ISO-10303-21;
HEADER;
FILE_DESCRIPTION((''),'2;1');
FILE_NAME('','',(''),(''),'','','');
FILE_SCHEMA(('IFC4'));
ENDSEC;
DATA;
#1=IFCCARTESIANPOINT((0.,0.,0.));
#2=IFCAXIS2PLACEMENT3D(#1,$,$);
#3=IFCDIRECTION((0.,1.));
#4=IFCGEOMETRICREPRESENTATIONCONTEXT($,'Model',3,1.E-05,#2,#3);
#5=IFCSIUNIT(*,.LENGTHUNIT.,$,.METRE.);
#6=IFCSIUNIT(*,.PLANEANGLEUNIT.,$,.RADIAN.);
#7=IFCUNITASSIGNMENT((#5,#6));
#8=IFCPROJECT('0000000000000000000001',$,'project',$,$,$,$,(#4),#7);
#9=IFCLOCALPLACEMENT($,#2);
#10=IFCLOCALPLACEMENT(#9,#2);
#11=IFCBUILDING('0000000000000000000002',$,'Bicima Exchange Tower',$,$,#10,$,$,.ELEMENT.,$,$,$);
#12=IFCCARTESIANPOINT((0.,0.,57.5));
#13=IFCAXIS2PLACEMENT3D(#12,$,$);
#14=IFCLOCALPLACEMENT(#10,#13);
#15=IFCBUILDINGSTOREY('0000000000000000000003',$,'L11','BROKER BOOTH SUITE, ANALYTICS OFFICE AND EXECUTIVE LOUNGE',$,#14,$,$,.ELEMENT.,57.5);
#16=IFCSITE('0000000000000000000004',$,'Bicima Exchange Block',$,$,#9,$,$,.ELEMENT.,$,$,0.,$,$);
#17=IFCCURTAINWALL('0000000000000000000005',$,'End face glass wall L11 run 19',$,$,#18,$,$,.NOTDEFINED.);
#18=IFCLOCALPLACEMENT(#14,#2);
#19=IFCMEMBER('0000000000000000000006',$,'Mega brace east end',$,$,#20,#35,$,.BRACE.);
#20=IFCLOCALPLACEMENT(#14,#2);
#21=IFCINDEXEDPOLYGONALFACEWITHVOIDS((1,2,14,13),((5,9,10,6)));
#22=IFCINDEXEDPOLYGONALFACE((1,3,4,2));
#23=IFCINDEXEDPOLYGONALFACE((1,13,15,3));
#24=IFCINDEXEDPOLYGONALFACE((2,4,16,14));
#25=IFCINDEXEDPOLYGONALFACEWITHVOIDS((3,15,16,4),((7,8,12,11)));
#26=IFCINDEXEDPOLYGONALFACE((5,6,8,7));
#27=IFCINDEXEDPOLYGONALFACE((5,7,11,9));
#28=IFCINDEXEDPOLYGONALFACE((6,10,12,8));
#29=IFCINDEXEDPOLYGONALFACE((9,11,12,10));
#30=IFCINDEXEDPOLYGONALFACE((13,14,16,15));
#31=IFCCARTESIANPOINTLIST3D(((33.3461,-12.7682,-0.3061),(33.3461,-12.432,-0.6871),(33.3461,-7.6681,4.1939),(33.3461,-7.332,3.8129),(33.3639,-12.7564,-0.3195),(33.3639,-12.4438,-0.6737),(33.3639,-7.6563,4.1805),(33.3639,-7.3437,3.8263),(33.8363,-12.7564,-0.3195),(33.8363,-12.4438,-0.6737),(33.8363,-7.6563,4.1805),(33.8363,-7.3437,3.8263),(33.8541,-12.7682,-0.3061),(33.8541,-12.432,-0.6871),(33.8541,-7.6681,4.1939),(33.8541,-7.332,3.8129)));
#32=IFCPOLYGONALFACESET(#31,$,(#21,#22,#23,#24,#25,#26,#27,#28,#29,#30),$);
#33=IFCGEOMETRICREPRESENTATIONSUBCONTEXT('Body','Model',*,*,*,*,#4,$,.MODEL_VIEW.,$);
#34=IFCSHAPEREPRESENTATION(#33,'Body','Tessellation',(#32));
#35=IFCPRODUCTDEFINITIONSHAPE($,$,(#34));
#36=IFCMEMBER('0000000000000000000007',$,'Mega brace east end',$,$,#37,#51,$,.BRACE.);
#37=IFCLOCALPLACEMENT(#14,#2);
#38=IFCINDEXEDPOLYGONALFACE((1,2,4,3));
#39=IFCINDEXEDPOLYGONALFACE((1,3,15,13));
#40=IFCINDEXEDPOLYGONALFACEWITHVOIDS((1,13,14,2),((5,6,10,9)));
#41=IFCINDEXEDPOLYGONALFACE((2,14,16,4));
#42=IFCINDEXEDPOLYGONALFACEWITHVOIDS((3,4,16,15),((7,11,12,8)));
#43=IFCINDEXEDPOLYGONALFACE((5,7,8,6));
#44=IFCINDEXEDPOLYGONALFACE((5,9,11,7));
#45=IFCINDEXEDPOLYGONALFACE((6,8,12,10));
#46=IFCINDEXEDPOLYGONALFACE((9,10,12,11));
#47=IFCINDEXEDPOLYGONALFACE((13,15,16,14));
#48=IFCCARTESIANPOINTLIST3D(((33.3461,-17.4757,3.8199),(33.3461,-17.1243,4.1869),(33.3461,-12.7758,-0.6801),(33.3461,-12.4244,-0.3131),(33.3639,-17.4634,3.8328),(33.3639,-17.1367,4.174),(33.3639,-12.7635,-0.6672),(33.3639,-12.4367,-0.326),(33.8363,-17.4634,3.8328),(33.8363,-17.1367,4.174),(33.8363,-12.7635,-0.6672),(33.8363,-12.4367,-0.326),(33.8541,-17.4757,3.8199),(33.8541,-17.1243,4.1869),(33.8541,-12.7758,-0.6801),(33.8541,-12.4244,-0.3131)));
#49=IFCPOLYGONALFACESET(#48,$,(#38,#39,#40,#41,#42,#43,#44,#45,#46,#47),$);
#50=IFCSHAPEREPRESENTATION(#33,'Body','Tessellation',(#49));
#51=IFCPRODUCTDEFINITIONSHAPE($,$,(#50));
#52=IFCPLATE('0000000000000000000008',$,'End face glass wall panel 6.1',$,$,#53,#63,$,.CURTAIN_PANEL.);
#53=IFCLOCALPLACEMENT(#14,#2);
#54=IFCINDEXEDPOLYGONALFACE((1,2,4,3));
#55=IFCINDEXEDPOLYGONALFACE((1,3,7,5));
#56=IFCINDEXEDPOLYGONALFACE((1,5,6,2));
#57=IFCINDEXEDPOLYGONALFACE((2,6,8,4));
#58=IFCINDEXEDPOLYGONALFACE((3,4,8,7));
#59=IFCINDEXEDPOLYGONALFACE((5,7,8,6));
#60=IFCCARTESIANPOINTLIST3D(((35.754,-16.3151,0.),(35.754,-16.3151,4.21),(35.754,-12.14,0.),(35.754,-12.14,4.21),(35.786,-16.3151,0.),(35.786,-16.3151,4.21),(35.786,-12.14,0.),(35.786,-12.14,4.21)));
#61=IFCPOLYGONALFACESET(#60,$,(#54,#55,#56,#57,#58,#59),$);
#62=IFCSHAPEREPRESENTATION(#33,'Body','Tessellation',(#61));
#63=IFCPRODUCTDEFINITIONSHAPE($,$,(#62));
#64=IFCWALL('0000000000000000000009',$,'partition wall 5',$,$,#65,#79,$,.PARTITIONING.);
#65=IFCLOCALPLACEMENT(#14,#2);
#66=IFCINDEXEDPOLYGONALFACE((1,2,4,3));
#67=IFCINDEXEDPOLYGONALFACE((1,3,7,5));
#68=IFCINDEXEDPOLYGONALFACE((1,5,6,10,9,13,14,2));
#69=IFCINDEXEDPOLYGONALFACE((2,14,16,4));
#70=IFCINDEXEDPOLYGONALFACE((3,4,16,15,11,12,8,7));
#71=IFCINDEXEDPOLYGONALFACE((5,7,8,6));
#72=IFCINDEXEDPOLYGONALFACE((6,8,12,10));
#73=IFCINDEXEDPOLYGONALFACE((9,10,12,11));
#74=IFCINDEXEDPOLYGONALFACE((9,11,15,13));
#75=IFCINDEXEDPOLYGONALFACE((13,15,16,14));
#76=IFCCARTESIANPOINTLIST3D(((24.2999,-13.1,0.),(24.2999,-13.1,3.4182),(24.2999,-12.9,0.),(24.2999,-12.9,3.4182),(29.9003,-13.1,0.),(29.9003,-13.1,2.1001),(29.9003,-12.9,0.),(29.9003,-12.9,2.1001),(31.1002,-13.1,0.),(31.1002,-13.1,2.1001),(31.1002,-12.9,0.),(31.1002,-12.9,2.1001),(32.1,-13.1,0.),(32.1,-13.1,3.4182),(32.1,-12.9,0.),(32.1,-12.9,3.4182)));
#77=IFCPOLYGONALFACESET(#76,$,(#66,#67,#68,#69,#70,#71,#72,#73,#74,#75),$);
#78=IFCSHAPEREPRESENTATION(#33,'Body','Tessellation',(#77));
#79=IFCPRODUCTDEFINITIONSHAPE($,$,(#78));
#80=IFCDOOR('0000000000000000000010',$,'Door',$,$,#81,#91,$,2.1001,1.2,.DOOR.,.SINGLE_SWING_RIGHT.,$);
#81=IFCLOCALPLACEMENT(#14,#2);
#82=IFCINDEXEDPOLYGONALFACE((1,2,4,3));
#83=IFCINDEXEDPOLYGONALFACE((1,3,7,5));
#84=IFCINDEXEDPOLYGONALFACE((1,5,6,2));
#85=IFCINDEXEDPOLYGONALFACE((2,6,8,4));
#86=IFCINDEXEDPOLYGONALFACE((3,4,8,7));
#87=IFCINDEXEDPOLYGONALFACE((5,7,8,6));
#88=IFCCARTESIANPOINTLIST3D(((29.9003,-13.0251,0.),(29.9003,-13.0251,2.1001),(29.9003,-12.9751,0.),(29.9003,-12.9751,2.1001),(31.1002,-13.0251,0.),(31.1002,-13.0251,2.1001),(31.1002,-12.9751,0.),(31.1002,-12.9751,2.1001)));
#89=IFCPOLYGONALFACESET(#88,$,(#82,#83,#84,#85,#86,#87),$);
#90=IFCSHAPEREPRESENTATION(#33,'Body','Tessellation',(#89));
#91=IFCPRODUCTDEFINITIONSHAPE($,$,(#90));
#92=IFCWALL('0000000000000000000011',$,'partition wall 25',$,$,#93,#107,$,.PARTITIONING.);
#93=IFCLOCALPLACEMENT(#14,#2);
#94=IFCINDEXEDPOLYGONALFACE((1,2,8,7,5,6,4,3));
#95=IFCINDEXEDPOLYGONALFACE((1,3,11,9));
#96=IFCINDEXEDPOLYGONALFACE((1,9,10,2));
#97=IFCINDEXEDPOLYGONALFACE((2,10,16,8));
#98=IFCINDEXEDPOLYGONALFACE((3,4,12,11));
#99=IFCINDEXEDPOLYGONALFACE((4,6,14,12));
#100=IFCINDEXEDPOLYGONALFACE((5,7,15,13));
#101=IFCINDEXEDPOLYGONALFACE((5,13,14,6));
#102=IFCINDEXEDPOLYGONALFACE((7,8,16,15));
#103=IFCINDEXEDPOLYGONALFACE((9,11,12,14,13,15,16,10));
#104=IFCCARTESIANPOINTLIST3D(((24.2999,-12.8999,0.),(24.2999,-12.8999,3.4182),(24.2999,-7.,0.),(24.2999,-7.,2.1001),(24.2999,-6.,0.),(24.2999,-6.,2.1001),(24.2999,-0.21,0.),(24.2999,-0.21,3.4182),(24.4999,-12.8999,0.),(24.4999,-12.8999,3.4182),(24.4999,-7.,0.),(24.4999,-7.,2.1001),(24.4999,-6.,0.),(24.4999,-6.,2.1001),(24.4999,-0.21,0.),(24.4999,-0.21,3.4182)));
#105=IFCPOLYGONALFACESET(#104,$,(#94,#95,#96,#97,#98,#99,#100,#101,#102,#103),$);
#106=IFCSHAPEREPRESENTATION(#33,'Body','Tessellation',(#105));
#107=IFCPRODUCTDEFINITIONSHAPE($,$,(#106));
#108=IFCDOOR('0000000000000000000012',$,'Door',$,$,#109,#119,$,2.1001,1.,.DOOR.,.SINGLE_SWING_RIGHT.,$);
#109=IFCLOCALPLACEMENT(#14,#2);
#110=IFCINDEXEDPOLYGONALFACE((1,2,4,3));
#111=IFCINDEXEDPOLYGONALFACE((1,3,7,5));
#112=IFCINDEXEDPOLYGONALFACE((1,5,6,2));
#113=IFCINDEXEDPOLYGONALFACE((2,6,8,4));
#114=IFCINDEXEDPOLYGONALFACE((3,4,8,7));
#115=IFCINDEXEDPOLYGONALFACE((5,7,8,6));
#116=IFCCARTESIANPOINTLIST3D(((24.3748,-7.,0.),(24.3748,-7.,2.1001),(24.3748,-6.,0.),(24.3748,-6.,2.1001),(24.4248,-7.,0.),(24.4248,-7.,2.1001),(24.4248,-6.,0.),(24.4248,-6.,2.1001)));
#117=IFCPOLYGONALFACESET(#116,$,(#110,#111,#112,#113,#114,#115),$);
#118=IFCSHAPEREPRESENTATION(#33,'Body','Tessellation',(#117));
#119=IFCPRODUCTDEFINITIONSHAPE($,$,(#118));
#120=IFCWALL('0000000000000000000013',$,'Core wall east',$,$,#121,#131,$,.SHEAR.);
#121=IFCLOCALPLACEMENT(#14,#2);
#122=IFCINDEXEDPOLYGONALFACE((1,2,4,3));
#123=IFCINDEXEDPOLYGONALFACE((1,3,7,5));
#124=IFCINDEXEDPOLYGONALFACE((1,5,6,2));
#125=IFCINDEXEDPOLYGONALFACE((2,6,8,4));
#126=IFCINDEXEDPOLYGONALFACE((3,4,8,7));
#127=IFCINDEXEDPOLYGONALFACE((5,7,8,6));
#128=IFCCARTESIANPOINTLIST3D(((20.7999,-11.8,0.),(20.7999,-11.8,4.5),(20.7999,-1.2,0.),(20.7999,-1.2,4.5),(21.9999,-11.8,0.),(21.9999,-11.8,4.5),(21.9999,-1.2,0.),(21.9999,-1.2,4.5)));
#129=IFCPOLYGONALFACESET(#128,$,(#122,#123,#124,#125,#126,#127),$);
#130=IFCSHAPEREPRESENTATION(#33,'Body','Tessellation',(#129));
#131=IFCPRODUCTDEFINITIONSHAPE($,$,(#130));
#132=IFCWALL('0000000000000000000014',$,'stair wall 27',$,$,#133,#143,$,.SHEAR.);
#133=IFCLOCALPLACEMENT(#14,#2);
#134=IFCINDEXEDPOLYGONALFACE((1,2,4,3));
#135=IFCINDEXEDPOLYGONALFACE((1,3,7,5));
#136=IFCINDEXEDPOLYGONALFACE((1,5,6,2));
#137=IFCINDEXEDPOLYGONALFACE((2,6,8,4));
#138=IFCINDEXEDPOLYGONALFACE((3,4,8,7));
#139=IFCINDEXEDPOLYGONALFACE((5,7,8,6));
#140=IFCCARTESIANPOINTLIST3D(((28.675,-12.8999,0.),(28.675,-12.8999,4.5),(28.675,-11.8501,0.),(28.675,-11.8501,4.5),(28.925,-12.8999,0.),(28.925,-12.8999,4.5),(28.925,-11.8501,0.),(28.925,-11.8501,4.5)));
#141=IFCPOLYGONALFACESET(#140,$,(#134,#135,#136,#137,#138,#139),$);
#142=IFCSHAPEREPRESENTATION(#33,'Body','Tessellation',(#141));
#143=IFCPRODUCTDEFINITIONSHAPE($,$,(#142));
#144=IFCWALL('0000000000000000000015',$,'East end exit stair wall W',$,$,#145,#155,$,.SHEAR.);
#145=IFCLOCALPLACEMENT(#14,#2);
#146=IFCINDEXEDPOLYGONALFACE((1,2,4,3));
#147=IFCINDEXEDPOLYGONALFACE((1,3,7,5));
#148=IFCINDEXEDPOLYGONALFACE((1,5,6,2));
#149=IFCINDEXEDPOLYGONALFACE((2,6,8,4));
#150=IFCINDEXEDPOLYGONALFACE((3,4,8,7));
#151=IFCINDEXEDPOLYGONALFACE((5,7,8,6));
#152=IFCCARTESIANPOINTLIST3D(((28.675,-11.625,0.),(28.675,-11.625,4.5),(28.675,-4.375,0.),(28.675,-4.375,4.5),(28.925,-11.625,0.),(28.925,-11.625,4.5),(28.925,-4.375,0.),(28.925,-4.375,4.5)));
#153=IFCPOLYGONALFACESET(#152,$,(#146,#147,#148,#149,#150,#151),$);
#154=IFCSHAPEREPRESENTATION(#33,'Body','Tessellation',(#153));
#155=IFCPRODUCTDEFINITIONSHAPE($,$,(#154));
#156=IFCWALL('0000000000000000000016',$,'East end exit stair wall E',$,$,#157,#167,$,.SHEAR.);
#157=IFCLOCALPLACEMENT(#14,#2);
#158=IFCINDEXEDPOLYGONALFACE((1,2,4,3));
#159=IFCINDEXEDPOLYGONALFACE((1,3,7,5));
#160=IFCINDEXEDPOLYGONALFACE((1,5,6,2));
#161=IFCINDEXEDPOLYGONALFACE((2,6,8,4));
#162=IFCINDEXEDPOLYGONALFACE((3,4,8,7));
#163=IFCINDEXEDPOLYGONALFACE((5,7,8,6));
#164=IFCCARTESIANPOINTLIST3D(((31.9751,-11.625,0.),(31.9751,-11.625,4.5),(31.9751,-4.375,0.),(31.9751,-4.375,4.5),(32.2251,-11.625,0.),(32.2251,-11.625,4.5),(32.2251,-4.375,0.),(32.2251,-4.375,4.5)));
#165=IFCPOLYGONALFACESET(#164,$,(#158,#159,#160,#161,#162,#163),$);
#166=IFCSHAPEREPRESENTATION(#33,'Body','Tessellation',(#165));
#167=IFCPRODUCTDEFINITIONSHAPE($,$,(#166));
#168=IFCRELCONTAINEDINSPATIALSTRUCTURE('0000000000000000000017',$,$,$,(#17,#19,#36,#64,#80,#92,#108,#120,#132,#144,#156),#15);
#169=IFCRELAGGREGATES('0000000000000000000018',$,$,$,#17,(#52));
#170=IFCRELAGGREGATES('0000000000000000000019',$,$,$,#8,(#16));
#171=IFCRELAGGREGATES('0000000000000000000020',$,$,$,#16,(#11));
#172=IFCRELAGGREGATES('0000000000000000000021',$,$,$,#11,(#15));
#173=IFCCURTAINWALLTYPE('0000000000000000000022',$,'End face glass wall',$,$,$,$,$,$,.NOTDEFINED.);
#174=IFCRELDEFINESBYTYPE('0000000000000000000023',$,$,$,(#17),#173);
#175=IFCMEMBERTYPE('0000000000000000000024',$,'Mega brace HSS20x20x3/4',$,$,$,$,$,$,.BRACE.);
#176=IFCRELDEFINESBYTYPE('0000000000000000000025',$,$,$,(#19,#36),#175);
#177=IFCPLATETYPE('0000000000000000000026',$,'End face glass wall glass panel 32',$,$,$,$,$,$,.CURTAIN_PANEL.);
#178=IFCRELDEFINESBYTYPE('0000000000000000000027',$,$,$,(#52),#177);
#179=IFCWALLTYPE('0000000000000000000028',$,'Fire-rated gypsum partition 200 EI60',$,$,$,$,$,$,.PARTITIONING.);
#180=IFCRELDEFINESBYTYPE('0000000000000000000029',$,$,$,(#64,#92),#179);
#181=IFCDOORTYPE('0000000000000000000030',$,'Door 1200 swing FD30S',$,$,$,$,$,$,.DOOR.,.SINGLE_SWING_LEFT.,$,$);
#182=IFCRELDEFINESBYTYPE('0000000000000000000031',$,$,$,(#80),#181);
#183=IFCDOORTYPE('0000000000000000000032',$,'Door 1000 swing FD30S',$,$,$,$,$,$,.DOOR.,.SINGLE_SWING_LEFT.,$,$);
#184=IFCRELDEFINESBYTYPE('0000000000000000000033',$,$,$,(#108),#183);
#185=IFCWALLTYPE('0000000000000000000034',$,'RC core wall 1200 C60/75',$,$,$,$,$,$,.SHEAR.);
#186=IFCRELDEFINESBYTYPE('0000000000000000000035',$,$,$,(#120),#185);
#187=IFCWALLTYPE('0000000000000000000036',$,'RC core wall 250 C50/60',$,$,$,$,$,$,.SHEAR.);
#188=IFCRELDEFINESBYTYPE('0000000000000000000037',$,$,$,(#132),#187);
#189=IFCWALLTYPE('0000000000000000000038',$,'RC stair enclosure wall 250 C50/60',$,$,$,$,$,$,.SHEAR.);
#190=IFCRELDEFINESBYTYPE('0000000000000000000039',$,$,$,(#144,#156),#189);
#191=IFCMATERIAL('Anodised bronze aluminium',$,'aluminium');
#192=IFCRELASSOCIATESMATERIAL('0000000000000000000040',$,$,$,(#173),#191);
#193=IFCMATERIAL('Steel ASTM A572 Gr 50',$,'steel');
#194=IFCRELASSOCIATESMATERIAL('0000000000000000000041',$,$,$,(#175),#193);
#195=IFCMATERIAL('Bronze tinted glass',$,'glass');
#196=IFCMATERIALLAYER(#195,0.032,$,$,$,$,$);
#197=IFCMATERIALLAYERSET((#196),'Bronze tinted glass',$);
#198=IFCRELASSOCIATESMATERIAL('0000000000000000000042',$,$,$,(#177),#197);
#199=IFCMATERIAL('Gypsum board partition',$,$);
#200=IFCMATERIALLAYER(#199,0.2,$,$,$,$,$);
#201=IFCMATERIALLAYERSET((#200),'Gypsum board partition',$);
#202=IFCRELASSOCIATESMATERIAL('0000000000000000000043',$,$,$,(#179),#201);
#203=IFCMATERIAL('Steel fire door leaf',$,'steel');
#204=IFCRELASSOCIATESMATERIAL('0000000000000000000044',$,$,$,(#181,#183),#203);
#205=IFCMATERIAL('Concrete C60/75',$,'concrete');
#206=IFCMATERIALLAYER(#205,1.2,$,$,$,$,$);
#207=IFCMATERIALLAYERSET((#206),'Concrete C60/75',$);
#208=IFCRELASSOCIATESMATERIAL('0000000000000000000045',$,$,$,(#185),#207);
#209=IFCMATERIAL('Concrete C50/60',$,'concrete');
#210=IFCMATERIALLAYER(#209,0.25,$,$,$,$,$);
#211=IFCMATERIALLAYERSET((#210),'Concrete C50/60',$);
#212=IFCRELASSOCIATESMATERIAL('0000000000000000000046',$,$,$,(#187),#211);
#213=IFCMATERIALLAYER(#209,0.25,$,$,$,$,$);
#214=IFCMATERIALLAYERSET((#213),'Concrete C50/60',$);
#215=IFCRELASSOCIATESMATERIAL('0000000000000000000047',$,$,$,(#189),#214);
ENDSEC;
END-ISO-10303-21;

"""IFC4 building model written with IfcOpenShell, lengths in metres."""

from ifc_helpers import new_model, si_unit, direction, frame, frame_2d, origin, origin_2d, place, context, subcontext, project, spatial, rectangle, hollow_rectangle, extrude, material, layer, layer_set, material_profile, profile_set, type_object, element, fill, aggregate, save


model = new_model("IFC4")

# Units and contexts
model_context = context("Model", 3, precision=1e-05, world=origin(), true_north=direction((0.0, 1.0)))
body_context = subcontext(model_context, "Body", "Model", "MODEL_VIEW")
ifc_project = project(units=[si_unit("LENGTHUNIT", "METRE"), si_unit("PLANEANGLEUNIT", "RADIAN")], contexts=[model_context])

# Site, building, storey
site_placement = place(None, origin())
site = spatial("IfcSite", under=ifc_project, at=site_placement, Name="Bicima Exchange Block", CompositionType="ELEMENT", RefElevation=0.0)
building_placement = place(site_placement, origin())
building = spatial("IfcBuilding", under=site, at=building_placement, Name="Bicima Exchange Tower", CompositionType="ELEMENT")
storey_placement = place(building_placement, frame((0.0, 0.0, 57.5)))
storey = spatial("IfcBuildingStorey", under=building, at=storey_placement, Name="L11", Description="BROKER BOOTH SUITE, ANALYTICS OFFICE AND EXECUTIVE LOUNGE", CompositionType="ELEMENT", Elevation=57.5)

# Curtain wall
ifc_material_1 = material(Name="Anodised bronze aluminium", Category="aluminium")
curtain_wall_type = type_object("IfcCurtainWallType", Name="End face glass wall", PredefinedType="NOTDEFINED", material=ifc_material_1)
curtain_wall_placement = place(storey_placement, origin())
curtain_wall = element("IfcCurtainWall", 1, at=curtain_wall_placement, inside=storey, type_object=curtain_wall_type, Name="End face glass wall L11 run 19", PredefinedType="NOTDEFINED")

# Members
ifc_material_2 = material(Name="Steel ASTM A572 Gr 50", Category="steel")
ifc_material_profile_1 = material_profile(ifc_material_2, hollow_rectangle(XDim=0.5081, YDim=0.5081, WallThickness=0.0178, at=origin_2d()))
ifc_profile_set_1 = profile_set([ifc_material_profile_1], Name="Steel ASTM A572 Gr 50")
member_type_1 = type_object("IfcMemberType", Name="Mega brace HSS20x20x3/4", PredefinedType="BRACE", material=ifc_profile_set_1)
member_1_placement = place(storey_placement, frame((33.6001, -12.6001, -0.4966), z_axis=(0.0, 0.749844, 0.661615), x_axis=(-1.0, 0.0, 0.0)))
element("IfcMember", 2, at=member_1_placement, inside=storey, type_object=member_type_1, Name="Mega brace east end", PredefinedType="BRACE", context=body_context, shape_type="SweptSolid", body=[
    extrude(hollow_rectangle(XDim=0.5081, YDim=0.5081, WallThickness=0.0178, at=origin_2d()), origin(), (0.0, 0.0, 1.0), 6.8015),
])
member_2_placement = place(storey_placement, frame((33.6001, -12.6001, -0.4966), z_axis=(0.0, -0.722304, 0.691575), x_axis=(1.0, 0.0, 0.0)))
element("IfcMember", 3, at=member_2_placement, inside=storey, type_object=member_type_1, Name="Mega brace east end", PredefinedType="BRACE", context=body_context, shape_type="SweptSolid", body=[
    extrude(hollow_rectangle(XDim=0.5081, YDim=0.5081, WallThickness=0.0178, at=origin_2d()), origin(), (0.0, 0.0, 1.0), 6.5068),
])

# Plate
ifc_material_3 = material(Name="Bronze tinted glass", Category="glass")
ifc_layer_1 = layer(ifc_material_3, 0.032)
ifc_layer_set_1 = layer_set([ifc_layer_1], Name="Bronze tinted glass")
plate_type = type_object("IfcPlateType", Name="End face glass wall glass panel 32", PredefinedType="CURTAIN_PANEL", material=ifc_layer_set_1)
plate_placement = place(storey_placement, frame((35.77, -14.2275, 0.0), z_axis=(0.0, 0.0, 1.0), x_axis=(0.0, 1.0, 0.0)))
plate = element("IfcPlate", 4, at=plate_placement, type_object=plate_type, Name="End face glass wall panel 6.1", PredefinedType="CURTAIN_PANEL", context=body_context, shape_type="SweptSolid", body=[
    extrude(rectangle(XDim=4.175, YDim=0.032, at=origin_2d()), origin(), (0.0, 0.0, 1.0), 4.21),
])
aggregate(curtain_wall, [plate])

# Walls, openings, doors
ifc_material_4 = material(Name="Gypsum board partition")
ifc_layer_2 = layer(ifc_material_4, 0.2)
ifc_layer_set_2 = layer_set([ifc_layer_2], Name="Gypsum board partition")
wall_type_1 = type_object("IfcWallType", Name="Fire-rated gypsum partition 200 EI60", PredefinedType="PARTITIONING", material=ifc_layer_set_2)
wall_1_placement = place(storey_placement, frame((24.3, -13.0, 0.0), z_axis=(0.0, 0.0, 1.0), x_axis=(1.0, 0.0, 0.0)))
wall_1 = element("IfcWall", 5, at=wall_1_placement, inside=storey, type_object=wall_type_1, Name="partition wall 5", PredefinedType="PARTITIONING", context=body_context, shape_type="SweptSolid", body=[
    extrude(rectangle(XDim=7.8, YDim=0.2, at=frame_2d((3.8999, 0.0))), origin(), (0.0, 0.0, 1.0), 3.4182),
])
opening_1_placement = place(wall_1_placement, frame((5.6001, 0.0, 0.0)))
opening_1 = element("IfcOpeningElement", 6, at=opening_1_placement, cuts=wall_1, PredefinedType="OPENING", context=body_context, shape_type="SweptSolid", body=[
    extrude(rectangle(XDim=1.2, YDim=2.1001, at=frame_2d((0.6001, 1.05))), frame((0.0, 0.1118, 0.0), z_axis=(0.0, -1.0, 0.0), x_axis=(1.0, 0.0, 0.0)), (0.0, 0.0, 1.0), 0.2239),
])
ifc_material_5 = material(Name="Steel fire door leaf", Category="steel")
door_type_1 = type_object("IfcDoorType", Name="Door 1200 swing FD30S", OperationType="SINGLE_SWING_LEFT", PredefinedType="DOOR", material=ifc_material_5)
door_1_placement = place(opening_1_placement, origin())
door_1 = element("IfcDoor", 7, at=door_1_placement, inside=storey, type_object=door_type_1, Name="Door", OperationType="SINGLE_SWING_RIGHT", OverallHeight=2.1001, OverallWidth=1.2, PredefinedType="DOOR", context=body_context, shape_type="SweptSolid", body=[
    extrude(rectangle(XDim=1.2, YDim=2.1001, at=frame_2d((0.6001, 1.05))), frame((0.0, 0.0249, 0.0), z_axis=(0.0, -1.0, 0.0), x_axis=(1.0, 0.0, 0.0)), (0.0, 0.0, 1.0), 0.05),
])
fill(opening_1, door_1)
wall_2_placement = place(storey_placement, frame((24.3999, -12.8999, 0.0), z_axis=(0.0, 0.0, 1.0), x_axis=(0.0, 1.0, 0.0)))
wall_2 = element("IfcWall", 8, at=wall_2_placement, inside=storey, type_object=wall_type_1, Name="partition wall 25", PredefinedType="PARTITIONING", context=body_context, shape_type="SweptSolid", body=[
    extrude(rectangle(XDim=12.6899, YDim=0.2, at=frame_2d((6.345, 0.0))), origin(), (0.0, 0.0, 1.0), 3.4182),
])
opening_2_placement = place(wall_2_placement, frame((5.8999, 0.0, 0.0)))
opening_2 = element("IfcOpeningElement", 9, at=opening_2_placement, cuts=wall_2, PredefinedType="OPENING", context=body_context, shape_type="SweptSolid", body=[
    extrude(rectangle(XDim=1.0, YDim=2.1001, at=frame_2d((0.5, 1.05))), frame((0.0, 0.1118, 0.0), z_axis=(0.0, -1.0, 0.0), x_axis=(1.0, 0.0, 0.0)), (0.0, 0.0, 1.0), 0.2239),
])
door_type_2 = type_object("IfcDoorType", Name="Door 1000 swing FD30S", OperationType="SINGLE_SWING_LEFT", PredefinedType="DOOR", material=ifc_material_5)
door_2_placement = place(opening_2_placement, frame((1.0, 0.0, 0.0), z_axis=(0.0, 0.0, 1.0), x_axis=(-1.0, 0.0, 0.0)))
door_2 = element("IfcDoor", 10, at=door_2_placement, inside=storey, type_object=door_type_2, Name="Door", OperationType="SINGLE_SWING_RIGHT", OverallHeight=2.1001, OverallWidth=1.0, PredefinedType="DOOR", context=body_context, shape_type="SweptSolid", body=[
    extrude(rectangle(XDim=1.0, YDim=2.1001, at=frame_2d((0.5, 1.05))), frame((0.0, 0.0249, 0.0), z_axis=(0.0, -1.0, 0.0), x_axis=(1.0, 0.0, 0.0)), (0.0, 0.0, 1.0), 0.05),
])
fill(opening_2, door_2)

# Walls
ifc_material_6 = material(Name="Concrete C60/75", Category="concrete")
ifc_layer_3 = layer(ifc_material_6, 1.2)
ifc_layer_set_3 = layer_set([ifc_layer_3], Name="Concrete C60/75")
wall_type_2 = type_object("IfcWallType", Name="RC core wall 1200 C60/75", PredefinedType="SHEAR", material=ifc_layer_set_3)
wall_3_placement = place(storey_placement, frame((21.3999, -11.8, 0.0), z_axis=(0.0, 0.0, 1.0), x_axis=(0.0, 1.0, 0.0)))
element("IfcWall", 11, at=wall_3_placement, inside=storey, type_object=wall_type_2, Name="Core wall east", PredefinedType="SHEAR", context=body_context, shape_type="SweptSolid", body=[
    extrude(rectangle(XDim=10.6001, YDim=1.2, at=frame_2d((5.3, 0.0))), origin(), (0.0, 0.0, 1.0), 4.5),
])
ifc_material_7 = material(Name="Concrete C50/60", Category="concrete")
ifc_layer_4 = layer(ifc_material_7, 0.25)
ifc_layer_set_4 = layer_set([ifc_layer_4], Name="Concrete C50/60")
wall_type_3 = type_object("IfcWallType", Name="RC core wall 250 C50/60", PredefinedType="SHEAR", material=ifc_layer_set_4)
wall_4_placement = place(storey_placement, frame((28.8, -12.8999, 0.0), z_axis=(0.0, 0.0, 1.0), x_axis=(0.0, 1.0, 0.0)))
element("IfcWall", 12, at=wall_4_placement, inside=storey, type_object=wall_type_3, Name="stair wall 27", PredefinedType="SHEAR", context=body_context, shape_type="SweptSolid", body=[
    extrude(rectangle(XDim=1.0498, YDim=0.25, at=frame_2d((0.5249, 0.0))), origin(), (0.0, 0.0, 1.0), 4.5),
])
ifc_layer_5 = layer(ifc_material_7, 0.25)
ifc_layer_set_5 = layer_set([ifc_layer_5], Name="Concrete C50/60")
wall_type_4 = type_object("IfcWallType", Name="RC stair enclosure wall 250 C50/60", PredefinedType="SHEAR", material=ifc_layer_set_5)
for number, where, z_axis, x_axis, name in (
    (13, (28.8, -11.625, 0.0), (0.0, 0.0, 1.0), (0.0, 1.0, 0.0), "East end exit stair wall W"),
    (14, (32.1001, -11.625, 0.0), (0.0, 0.0, 1.0), (0.0, 1.0, 0.0), "East end exit stair wall E"),
):
    element("IfcWall", number, at=place(storey_placement, frame(where, z_axis=z_axis, x_axis=x_axis)), inside=storey, type_object=wall_type_4, Name=name, PredefinedType="SHEAR", context=body_context, shape_type="SweptSolid", body=[
        extrude(rectangle(XDim=7.25, YDim=0.25, at=frame_2d((3.625, 0.0))), origin(), (0.0, 0.0, 1.0), 4.5),
    ])

save(model, "model.ifc")
